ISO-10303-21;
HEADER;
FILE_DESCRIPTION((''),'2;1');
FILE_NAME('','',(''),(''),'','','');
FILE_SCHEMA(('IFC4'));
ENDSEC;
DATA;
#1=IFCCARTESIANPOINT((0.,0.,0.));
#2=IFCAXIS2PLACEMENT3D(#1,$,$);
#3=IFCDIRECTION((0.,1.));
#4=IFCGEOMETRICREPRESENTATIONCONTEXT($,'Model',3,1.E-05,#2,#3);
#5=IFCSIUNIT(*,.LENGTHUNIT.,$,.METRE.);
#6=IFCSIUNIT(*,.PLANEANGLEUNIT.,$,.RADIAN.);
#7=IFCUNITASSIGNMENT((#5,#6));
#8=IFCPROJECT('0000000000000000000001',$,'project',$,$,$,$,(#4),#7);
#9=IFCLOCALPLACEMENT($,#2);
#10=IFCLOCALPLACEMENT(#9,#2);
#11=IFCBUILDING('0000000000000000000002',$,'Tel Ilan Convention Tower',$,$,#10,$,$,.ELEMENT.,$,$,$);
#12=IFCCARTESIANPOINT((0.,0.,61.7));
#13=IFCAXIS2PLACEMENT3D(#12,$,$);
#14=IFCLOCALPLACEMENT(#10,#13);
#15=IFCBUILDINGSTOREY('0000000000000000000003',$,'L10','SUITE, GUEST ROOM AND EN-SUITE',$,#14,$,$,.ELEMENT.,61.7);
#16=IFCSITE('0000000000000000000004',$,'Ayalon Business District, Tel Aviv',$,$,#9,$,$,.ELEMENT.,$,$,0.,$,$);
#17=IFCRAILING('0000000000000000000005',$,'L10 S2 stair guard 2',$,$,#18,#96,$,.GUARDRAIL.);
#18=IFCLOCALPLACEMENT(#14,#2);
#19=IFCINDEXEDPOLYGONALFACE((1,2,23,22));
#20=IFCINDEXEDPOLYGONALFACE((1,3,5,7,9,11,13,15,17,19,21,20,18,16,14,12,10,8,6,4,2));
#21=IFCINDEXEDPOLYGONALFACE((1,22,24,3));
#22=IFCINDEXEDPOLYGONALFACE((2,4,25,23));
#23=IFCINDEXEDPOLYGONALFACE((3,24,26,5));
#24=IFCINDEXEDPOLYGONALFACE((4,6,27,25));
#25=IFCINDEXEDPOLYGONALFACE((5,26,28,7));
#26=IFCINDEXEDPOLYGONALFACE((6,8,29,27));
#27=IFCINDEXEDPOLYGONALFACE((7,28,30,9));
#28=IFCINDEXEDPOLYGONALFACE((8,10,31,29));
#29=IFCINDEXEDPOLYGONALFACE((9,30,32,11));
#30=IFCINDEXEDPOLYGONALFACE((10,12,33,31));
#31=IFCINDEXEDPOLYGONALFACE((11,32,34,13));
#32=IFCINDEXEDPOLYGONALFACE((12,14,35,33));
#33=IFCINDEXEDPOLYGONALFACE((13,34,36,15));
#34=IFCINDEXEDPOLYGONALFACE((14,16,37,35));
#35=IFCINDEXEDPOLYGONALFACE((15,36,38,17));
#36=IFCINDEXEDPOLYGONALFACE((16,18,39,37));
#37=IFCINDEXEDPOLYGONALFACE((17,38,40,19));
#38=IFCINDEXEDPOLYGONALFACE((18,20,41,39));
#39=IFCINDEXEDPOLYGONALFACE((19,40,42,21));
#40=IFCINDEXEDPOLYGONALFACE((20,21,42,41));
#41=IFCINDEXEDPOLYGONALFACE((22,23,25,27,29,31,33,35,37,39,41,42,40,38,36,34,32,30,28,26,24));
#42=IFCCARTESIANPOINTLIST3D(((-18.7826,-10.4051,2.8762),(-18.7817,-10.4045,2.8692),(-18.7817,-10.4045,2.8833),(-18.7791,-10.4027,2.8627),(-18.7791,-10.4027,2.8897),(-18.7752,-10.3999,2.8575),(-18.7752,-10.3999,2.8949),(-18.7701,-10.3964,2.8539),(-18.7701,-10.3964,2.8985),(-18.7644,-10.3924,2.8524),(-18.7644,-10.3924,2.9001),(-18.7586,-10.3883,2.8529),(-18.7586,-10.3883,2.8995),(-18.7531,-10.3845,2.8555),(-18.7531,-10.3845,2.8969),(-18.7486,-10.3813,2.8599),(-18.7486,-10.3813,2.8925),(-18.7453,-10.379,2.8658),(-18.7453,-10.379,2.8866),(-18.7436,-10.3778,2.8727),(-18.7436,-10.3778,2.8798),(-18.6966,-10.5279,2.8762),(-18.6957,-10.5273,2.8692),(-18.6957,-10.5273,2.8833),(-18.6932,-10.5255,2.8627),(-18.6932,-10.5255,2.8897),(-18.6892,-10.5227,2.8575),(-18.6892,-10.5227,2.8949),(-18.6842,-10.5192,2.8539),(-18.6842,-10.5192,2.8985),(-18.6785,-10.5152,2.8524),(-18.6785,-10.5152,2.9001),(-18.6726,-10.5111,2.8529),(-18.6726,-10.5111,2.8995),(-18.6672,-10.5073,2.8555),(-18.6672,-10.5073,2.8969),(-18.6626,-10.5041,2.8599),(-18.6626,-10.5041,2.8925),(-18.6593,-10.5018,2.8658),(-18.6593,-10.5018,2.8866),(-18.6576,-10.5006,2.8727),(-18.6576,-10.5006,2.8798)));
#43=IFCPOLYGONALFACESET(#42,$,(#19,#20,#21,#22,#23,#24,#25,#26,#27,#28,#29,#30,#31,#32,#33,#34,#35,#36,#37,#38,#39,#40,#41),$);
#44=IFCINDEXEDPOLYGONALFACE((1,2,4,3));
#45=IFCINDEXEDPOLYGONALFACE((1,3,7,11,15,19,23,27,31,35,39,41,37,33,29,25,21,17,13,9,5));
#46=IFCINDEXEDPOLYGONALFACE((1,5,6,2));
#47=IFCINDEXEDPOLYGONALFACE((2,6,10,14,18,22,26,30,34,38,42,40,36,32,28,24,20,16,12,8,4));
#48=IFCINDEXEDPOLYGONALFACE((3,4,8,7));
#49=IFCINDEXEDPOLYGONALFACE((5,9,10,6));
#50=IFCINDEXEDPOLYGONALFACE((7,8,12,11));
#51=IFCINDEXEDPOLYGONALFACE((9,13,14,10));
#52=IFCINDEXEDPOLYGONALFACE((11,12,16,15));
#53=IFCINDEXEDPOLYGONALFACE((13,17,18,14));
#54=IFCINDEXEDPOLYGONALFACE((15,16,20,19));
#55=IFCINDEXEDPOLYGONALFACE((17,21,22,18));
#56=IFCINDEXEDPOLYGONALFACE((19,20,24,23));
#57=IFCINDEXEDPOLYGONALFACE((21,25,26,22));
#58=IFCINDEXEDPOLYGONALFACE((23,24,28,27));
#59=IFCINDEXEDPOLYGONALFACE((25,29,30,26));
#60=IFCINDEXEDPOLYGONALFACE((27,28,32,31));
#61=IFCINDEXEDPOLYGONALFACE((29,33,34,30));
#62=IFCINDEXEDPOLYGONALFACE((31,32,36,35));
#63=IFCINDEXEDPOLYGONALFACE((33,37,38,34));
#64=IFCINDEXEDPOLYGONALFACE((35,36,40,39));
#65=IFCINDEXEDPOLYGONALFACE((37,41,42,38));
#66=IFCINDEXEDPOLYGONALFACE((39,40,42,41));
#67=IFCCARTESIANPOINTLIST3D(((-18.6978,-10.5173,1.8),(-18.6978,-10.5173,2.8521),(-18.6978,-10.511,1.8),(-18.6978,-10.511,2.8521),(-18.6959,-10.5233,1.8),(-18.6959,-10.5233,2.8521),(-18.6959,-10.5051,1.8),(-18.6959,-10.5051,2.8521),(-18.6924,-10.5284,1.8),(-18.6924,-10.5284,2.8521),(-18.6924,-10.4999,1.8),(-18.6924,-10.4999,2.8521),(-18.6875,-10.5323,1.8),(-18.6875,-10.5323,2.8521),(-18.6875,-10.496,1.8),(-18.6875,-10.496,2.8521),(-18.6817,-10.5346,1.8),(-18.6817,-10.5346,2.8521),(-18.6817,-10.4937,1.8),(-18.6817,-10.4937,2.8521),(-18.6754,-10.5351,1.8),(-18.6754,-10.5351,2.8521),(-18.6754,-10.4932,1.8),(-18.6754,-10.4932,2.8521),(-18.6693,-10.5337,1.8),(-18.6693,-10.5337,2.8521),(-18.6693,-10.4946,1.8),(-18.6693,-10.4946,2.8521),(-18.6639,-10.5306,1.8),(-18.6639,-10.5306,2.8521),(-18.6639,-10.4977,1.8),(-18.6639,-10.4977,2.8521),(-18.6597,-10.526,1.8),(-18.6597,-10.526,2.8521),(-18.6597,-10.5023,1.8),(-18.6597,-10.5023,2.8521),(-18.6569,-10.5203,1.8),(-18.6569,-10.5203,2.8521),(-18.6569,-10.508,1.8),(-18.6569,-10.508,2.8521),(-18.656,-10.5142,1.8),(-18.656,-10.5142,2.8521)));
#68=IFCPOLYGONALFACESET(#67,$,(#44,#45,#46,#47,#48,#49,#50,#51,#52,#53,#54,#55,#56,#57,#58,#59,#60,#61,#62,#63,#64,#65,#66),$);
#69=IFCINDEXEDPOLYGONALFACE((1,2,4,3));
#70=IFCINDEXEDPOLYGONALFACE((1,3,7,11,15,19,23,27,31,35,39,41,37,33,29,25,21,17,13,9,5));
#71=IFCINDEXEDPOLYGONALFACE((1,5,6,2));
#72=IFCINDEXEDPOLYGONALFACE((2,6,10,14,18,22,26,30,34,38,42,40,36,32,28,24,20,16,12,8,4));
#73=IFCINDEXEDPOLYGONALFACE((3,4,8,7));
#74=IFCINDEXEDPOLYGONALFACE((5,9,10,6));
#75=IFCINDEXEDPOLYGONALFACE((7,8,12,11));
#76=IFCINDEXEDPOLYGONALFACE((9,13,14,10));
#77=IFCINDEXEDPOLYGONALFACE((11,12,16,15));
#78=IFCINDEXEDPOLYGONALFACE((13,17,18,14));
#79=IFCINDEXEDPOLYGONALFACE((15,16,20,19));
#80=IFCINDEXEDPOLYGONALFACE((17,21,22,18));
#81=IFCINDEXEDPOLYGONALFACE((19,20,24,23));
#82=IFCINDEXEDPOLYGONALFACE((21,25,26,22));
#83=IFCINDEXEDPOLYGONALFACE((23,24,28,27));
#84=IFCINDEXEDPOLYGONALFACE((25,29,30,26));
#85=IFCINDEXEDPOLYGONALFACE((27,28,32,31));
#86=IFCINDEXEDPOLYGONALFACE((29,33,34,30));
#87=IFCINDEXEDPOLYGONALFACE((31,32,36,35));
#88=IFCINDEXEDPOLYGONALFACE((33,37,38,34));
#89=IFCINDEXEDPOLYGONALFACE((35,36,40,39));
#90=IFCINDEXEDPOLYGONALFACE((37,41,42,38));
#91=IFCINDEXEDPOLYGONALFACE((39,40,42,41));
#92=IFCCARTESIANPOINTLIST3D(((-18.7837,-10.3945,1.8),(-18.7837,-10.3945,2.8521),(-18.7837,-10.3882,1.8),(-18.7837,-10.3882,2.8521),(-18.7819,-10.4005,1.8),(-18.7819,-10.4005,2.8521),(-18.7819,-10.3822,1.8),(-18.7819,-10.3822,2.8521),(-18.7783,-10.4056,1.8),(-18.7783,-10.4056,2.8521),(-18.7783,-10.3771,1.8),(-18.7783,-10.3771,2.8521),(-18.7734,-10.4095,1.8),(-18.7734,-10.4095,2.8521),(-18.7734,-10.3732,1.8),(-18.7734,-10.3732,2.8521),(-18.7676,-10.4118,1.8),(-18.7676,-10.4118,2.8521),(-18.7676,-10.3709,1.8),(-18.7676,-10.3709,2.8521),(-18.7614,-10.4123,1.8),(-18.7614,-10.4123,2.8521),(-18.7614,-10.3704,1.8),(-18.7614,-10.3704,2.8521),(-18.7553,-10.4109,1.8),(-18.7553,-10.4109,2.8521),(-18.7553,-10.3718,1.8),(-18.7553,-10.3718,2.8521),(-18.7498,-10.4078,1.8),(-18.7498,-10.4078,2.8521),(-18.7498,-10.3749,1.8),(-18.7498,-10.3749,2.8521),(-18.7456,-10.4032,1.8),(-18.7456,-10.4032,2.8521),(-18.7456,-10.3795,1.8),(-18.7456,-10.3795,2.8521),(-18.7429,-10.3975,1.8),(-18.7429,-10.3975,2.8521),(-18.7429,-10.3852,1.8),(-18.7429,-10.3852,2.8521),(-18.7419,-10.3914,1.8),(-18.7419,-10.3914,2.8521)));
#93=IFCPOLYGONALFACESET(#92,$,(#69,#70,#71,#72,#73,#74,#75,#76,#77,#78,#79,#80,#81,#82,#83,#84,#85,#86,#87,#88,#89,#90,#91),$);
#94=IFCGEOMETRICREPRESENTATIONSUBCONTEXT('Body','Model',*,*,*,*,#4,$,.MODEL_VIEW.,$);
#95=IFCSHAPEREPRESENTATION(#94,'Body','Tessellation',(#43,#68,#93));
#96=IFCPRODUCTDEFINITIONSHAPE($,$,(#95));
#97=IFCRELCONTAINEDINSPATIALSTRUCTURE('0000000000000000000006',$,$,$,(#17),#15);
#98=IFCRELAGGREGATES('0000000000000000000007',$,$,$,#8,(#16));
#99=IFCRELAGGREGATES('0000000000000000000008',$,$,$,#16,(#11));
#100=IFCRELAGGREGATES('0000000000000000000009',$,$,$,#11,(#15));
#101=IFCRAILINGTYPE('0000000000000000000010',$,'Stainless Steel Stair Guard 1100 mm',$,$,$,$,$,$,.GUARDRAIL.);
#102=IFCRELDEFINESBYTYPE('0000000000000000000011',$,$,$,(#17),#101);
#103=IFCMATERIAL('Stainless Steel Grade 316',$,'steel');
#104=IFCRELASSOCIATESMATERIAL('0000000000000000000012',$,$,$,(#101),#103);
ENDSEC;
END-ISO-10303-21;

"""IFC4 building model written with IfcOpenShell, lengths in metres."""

from ifc_helpers import new_model, si_unit, direction, frame, origin, origin_2d, place, context, subcontext, project, spatial, circle, extrude, material, type_object, element, save


model = new_model("IFC4")

# Units and contexts
model_context = context("Model", 3, precision=1e-05, world=origin(), true_north=direction((0.0, 1.0)))
body_context = subcontext(model_context, "Body", "Model", "MODEL_VIEW")
ifc_project = project(units=[si_unit("LENGTHUNIT", "METRE"), si_unit("PLANEANGLEUNIT", "RADIAN")], contexts=[model_context])

# Site, building, storey
site_placement = place(None, origin())
site = spatial("IfcSite", under=ifc_project, at=site_placement, Name="Ayalon Business District, Tel Aviv", CompositionType="ELEMENT", RefElevation=0.0)
building_placement = place(site_placement, origin())
building = spatial("IfcBuilding", under=site, at=building_placement, Name="Tel Ilan Convention Tower", CompositionType="ELEMENT")
storey_placement = place(building_placement, frame((0.0, 0.0, 61.7)))
storey = spatial("IfcBuildingStorey", under=building, at=storey_placement, Name="L10", Description="SUITE, GUEST ROOM AND EN-SUITE", CompositionType="ELEMENT", Elevation=61.7)

# Railing
ifc_material_1 = material(Name="Stainless Steel Grade 316", Category="steel")
railing_type_1 = type_object("IfcRailingType", Name="Stainless Steel Stair Guard 1100 mm", PredefinedType="GUARDRAIL", material=ifc_material_1)
railing_1_placement = place(storey_placement, frame((-18.677, -10.5142, 1.8)))
element("IfcRailing", 1, at=railing_1_placement, inside=storey, type_object=railing_type_1, Name="L10 S2 stair guard 2", PredefinedType="GUARDRAIL", context=body_context, shape_type="SweptSolid", body=[
    extrude(circle(Radius=0.0239, at=origin_2d()), frame((0.0, 0.0, 1.0762), z_axis=(-0.573353, 0.819308, 0.0), x_axis=(-0.819308, -0.573353, 0.0)), (0.0, 0.0, 1.0), 0.1499),
    extrude(circle(Radius=0.021, at=origin_2d()), origin(), (0.0, 0.0, 1.0), 1.052),
    extrude(circle(Radius=0.021, at=origin_2d()), frame((-0.0859, 0.1228, 0.0)), (0.0, 0.0, 1.0), 1.052),
])

save(model, "model.ifc")
